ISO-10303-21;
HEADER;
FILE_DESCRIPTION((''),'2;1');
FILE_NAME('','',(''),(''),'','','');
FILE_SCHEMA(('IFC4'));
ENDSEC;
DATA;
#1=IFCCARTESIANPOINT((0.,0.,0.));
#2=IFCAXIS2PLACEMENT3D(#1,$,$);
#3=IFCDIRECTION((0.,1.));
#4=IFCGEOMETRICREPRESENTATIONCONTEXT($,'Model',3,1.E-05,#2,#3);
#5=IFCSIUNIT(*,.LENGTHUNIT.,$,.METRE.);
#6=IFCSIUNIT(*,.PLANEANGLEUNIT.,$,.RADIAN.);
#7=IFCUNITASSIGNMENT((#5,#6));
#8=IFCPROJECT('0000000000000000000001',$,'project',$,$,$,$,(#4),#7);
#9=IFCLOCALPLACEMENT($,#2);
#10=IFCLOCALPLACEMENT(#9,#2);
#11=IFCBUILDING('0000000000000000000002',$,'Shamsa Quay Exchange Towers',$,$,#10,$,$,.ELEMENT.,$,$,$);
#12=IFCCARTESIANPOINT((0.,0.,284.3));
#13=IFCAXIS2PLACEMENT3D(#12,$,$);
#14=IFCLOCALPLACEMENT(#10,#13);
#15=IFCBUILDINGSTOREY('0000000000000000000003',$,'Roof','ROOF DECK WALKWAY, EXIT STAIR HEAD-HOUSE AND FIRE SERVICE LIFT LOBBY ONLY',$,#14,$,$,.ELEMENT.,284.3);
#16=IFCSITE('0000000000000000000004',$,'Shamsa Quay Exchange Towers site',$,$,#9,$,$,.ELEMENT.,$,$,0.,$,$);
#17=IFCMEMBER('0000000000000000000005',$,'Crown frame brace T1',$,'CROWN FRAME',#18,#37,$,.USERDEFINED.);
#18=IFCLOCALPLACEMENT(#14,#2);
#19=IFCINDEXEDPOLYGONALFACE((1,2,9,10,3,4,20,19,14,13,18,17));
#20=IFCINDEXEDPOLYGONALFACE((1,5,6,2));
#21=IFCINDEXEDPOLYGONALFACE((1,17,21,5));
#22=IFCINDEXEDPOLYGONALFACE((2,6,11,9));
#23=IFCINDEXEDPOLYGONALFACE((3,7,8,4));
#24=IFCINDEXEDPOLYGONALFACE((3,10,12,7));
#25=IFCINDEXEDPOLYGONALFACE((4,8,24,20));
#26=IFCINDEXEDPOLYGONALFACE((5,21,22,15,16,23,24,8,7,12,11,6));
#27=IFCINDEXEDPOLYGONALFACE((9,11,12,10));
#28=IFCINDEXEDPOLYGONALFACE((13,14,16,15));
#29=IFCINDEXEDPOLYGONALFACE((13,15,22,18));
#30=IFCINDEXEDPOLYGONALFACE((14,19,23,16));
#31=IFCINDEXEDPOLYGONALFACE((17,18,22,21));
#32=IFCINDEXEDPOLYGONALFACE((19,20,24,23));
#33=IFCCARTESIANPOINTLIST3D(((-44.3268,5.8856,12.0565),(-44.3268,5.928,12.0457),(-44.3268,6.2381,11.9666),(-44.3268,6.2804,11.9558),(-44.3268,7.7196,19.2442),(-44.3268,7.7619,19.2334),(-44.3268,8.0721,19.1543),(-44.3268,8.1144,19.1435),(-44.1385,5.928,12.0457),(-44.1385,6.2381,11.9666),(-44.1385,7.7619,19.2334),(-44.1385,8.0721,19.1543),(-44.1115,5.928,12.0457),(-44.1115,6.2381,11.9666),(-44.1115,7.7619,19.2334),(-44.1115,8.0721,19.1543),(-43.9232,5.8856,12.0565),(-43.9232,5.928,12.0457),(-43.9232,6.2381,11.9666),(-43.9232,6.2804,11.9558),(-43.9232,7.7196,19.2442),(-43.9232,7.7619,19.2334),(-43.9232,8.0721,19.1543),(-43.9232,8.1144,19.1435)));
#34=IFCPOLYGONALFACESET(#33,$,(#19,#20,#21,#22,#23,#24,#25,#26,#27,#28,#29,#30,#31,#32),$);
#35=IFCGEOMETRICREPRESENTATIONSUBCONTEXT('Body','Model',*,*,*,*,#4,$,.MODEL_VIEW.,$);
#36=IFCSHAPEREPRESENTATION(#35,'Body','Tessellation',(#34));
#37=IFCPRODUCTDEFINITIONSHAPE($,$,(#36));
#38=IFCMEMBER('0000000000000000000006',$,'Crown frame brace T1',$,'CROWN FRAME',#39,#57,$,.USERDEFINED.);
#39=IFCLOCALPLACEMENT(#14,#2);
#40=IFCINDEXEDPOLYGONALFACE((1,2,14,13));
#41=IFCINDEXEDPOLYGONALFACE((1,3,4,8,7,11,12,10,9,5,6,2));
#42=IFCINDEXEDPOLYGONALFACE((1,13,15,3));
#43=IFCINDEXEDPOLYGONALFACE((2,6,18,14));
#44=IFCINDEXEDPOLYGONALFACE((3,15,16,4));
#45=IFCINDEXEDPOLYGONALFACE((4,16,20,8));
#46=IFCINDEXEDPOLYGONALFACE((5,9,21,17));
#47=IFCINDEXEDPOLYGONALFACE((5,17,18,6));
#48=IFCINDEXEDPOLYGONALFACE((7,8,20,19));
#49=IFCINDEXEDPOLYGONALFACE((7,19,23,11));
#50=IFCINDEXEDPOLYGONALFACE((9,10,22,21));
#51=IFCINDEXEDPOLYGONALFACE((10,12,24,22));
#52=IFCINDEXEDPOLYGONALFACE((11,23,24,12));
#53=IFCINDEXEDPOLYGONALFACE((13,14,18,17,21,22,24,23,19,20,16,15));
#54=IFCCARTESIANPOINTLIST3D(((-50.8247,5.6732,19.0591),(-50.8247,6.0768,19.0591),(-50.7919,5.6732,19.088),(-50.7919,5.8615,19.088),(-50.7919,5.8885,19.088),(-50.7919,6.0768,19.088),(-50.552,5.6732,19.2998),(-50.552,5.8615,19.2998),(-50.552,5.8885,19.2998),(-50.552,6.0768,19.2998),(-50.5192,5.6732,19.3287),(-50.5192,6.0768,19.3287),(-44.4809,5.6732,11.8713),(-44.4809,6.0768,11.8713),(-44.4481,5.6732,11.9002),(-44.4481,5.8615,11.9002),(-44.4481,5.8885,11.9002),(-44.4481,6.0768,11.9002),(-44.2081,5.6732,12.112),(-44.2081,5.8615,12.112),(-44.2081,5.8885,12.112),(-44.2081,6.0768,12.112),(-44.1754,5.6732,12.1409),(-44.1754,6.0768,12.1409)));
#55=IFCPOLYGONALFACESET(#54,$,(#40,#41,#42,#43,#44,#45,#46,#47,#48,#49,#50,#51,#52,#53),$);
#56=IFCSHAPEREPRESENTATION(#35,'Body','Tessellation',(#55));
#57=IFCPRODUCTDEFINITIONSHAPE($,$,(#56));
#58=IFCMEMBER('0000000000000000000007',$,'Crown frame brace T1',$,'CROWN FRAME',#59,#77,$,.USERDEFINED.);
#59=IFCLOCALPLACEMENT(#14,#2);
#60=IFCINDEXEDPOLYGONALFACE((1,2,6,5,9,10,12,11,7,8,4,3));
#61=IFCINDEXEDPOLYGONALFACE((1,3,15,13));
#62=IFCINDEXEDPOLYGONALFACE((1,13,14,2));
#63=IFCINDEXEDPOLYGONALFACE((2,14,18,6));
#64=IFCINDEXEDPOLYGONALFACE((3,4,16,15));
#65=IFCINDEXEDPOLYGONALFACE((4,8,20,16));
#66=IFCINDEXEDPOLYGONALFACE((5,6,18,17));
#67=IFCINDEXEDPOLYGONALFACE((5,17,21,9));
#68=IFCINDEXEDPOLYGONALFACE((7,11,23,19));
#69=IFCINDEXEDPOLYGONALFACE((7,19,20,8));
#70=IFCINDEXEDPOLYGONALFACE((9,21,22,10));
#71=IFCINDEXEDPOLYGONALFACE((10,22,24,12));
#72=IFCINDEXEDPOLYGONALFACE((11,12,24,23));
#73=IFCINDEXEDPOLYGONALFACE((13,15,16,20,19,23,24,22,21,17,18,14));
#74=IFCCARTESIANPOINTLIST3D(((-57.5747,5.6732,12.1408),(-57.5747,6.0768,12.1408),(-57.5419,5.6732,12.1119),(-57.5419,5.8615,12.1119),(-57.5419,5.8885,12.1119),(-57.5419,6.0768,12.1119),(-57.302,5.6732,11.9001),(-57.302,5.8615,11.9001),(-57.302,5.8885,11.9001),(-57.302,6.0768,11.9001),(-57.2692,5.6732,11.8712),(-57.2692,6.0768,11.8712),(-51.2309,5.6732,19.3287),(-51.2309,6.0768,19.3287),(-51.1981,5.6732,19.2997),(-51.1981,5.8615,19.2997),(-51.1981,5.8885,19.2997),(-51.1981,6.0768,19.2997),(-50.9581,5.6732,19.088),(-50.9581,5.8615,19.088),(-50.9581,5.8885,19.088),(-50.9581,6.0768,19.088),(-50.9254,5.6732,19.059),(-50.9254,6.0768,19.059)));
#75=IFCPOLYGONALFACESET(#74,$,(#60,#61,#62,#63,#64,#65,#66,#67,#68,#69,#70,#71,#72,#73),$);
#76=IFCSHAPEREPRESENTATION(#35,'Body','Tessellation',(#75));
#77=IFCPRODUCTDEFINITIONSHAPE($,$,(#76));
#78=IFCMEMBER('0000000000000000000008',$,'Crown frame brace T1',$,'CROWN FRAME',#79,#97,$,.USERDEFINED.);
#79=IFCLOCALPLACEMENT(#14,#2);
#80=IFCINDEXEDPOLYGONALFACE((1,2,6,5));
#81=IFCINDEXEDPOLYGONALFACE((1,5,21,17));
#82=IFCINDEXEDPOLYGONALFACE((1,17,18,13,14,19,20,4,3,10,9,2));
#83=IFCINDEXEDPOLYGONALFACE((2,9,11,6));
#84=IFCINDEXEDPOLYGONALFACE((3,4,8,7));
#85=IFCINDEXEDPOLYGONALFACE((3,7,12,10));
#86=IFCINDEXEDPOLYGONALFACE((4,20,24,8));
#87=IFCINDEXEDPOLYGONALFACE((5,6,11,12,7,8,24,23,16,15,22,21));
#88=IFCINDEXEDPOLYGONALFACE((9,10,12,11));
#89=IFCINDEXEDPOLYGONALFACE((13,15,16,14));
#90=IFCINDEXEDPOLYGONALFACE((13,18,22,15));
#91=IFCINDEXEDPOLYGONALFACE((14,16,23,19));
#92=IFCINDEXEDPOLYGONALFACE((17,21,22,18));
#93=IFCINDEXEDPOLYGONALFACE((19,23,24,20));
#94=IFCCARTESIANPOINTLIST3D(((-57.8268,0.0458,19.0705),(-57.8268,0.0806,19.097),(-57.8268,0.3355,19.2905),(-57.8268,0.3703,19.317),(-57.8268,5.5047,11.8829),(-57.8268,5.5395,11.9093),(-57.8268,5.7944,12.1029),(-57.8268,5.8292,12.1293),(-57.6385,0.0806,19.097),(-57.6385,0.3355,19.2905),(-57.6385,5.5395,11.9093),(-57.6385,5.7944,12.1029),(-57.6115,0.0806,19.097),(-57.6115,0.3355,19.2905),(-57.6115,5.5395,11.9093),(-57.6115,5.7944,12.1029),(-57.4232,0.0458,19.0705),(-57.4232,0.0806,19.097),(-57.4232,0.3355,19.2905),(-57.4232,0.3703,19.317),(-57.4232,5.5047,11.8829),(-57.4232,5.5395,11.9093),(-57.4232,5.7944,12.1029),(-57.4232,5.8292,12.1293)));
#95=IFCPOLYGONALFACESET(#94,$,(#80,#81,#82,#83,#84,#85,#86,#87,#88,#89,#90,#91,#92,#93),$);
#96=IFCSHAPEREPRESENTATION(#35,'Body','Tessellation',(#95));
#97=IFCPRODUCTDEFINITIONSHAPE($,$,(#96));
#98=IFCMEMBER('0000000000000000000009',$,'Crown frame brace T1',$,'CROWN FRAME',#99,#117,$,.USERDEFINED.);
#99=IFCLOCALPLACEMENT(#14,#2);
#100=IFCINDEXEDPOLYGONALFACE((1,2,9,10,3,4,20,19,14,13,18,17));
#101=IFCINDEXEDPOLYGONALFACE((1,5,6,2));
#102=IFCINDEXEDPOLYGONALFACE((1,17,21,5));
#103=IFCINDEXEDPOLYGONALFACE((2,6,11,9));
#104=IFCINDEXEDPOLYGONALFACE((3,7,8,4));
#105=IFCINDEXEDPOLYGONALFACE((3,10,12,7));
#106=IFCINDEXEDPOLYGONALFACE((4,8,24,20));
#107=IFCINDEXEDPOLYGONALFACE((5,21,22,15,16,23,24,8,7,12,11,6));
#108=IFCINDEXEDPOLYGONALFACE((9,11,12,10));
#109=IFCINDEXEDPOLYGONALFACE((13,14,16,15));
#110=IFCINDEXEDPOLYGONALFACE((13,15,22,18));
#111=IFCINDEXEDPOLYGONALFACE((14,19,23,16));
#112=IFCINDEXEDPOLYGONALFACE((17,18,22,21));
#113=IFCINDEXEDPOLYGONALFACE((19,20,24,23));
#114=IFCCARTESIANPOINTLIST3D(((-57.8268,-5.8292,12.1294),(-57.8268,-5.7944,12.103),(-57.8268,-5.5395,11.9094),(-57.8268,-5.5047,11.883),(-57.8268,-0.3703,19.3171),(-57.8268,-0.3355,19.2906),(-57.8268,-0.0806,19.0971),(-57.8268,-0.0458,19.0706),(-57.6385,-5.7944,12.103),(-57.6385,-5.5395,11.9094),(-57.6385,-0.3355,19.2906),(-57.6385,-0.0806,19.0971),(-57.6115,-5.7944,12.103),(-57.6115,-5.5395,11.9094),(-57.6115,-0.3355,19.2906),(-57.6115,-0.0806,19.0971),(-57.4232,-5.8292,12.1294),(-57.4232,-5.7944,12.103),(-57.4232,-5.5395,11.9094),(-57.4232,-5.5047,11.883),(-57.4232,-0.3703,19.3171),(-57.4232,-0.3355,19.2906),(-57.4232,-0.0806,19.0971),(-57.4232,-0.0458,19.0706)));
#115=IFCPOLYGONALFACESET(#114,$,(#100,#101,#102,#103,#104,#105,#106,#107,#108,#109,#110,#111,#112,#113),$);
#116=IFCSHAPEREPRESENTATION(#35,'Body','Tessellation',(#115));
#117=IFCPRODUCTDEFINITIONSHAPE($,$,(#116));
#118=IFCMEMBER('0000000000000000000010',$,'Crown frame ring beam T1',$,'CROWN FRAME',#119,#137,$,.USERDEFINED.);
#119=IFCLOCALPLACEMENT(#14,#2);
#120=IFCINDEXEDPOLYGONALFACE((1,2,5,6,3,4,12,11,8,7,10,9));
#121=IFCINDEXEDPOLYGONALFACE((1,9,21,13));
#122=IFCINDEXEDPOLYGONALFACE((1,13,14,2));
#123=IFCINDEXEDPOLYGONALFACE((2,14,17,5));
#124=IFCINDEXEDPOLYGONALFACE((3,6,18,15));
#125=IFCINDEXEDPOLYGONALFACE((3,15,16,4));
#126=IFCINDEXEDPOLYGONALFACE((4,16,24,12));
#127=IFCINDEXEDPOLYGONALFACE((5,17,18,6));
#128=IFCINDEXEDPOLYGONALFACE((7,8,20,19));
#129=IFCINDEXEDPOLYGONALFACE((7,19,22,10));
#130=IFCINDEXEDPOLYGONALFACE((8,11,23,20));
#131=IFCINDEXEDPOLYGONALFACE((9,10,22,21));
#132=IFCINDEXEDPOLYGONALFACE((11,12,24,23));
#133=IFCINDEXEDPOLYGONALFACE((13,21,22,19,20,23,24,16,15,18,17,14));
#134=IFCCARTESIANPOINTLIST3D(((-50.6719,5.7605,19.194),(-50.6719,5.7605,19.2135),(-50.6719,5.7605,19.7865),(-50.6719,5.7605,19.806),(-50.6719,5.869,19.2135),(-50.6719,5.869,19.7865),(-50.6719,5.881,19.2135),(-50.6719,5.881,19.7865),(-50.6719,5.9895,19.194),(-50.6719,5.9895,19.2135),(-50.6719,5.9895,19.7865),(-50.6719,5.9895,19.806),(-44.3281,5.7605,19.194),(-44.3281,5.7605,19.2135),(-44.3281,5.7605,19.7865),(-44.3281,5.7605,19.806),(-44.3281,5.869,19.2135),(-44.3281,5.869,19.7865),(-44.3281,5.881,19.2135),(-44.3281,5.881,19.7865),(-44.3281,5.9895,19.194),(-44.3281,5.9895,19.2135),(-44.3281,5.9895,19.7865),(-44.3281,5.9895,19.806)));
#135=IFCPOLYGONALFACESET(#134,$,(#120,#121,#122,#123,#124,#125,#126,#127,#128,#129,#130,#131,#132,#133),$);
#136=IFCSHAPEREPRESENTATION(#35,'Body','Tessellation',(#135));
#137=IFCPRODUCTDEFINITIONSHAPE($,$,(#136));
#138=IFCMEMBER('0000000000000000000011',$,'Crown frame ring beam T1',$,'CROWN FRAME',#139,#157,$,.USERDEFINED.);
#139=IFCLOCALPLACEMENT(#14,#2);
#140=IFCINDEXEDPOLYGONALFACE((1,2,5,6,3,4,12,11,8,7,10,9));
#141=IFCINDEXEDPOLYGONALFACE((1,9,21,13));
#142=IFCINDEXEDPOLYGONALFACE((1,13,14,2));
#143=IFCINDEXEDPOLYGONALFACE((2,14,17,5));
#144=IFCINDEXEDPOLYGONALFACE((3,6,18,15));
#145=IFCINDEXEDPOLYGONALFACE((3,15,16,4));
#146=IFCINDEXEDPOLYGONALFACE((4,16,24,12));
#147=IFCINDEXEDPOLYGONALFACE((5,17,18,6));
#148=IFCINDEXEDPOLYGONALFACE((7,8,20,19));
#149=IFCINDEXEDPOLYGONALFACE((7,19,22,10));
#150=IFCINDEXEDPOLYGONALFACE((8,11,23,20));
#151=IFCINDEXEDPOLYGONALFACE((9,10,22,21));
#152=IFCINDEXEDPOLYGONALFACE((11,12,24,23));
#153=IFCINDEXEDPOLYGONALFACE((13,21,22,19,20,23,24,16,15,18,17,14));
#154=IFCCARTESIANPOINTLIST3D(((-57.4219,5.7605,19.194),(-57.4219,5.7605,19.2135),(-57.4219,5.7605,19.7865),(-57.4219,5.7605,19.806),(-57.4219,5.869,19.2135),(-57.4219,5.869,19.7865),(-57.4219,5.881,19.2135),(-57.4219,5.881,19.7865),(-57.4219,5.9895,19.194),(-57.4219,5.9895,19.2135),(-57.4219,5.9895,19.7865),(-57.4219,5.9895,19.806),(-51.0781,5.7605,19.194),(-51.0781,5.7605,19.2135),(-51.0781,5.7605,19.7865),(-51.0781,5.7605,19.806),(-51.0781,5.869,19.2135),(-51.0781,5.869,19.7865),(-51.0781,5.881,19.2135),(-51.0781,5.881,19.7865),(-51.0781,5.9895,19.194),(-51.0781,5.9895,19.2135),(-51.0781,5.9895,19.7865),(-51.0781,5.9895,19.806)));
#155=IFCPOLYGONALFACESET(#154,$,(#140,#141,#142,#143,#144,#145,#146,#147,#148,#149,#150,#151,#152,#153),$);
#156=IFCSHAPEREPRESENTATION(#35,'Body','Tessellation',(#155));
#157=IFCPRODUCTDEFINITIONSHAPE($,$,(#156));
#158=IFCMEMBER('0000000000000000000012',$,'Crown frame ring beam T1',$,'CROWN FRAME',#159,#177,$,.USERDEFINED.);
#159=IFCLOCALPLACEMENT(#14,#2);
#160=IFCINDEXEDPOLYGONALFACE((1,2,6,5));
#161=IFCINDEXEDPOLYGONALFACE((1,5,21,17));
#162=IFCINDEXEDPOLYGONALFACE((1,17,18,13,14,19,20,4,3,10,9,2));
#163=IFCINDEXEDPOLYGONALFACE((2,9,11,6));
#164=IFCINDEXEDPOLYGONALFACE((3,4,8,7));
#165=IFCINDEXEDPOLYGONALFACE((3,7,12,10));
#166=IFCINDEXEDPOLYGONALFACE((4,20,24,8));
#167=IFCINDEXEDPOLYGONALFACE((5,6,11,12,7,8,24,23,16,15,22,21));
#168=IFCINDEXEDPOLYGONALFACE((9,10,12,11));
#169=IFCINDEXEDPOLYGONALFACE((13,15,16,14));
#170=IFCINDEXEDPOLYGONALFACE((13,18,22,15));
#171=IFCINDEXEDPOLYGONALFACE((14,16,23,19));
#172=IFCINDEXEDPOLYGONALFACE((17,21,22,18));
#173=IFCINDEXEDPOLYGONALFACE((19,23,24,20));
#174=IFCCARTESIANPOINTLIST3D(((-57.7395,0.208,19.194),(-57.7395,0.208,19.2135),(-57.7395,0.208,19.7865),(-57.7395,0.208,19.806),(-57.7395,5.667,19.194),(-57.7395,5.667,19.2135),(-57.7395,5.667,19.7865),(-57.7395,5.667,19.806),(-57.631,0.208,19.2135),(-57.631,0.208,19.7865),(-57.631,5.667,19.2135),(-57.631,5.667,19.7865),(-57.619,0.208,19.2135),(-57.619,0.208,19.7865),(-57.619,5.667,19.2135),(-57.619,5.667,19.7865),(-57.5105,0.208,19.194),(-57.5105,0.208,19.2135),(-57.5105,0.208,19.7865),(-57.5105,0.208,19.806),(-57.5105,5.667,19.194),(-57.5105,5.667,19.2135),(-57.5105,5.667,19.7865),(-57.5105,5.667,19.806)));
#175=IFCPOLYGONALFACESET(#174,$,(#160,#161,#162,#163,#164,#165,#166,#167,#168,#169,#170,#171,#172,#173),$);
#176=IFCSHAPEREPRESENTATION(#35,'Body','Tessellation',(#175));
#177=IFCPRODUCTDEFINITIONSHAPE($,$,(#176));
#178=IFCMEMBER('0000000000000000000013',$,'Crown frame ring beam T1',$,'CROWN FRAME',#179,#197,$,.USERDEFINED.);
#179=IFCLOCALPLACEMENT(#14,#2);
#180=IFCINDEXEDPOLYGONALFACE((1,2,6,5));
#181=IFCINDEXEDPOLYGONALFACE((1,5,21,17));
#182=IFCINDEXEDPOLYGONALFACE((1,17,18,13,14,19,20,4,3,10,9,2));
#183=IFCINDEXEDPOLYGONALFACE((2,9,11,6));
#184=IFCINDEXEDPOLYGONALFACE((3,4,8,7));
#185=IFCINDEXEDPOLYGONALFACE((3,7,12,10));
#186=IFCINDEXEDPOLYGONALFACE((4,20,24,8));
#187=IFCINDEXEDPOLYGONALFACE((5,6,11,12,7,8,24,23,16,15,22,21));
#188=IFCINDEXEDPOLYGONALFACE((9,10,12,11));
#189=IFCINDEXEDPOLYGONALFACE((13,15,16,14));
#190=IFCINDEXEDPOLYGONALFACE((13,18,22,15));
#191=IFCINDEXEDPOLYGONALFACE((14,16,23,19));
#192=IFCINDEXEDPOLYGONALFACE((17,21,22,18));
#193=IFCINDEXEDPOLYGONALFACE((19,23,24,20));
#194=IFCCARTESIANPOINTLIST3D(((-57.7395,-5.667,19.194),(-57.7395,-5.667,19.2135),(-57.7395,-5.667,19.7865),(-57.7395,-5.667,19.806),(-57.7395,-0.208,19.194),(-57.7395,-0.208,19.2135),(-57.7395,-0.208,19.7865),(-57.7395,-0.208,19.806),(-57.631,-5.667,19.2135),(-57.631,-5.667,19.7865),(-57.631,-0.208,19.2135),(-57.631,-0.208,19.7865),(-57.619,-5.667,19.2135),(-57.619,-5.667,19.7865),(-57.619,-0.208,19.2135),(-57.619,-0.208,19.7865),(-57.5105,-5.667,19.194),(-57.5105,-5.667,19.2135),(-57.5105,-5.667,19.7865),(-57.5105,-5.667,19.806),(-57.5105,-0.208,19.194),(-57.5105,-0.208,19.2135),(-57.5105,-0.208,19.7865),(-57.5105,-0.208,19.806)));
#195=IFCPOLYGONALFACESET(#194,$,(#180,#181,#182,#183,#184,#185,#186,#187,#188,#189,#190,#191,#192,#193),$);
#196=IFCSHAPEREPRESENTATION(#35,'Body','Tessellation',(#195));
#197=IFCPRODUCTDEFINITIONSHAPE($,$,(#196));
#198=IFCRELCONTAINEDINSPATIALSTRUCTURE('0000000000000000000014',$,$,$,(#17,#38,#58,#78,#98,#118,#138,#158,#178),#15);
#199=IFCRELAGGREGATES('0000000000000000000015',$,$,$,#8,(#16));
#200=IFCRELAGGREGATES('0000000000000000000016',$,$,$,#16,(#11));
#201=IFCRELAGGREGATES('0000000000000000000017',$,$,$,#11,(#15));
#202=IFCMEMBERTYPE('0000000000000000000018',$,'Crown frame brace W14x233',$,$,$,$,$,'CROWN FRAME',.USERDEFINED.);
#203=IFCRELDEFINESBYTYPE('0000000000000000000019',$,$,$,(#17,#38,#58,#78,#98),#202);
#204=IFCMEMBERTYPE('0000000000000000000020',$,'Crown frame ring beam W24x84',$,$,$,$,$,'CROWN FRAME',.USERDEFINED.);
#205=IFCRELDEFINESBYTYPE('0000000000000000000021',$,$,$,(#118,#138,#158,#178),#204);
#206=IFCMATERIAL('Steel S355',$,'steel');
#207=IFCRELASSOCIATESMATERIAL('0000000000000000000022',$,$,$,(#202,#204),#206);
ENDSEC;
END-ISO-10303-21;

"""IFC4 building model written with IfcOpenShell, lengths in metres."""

from ifc_helpers import new_model, si_unit, direction, frame, origin, origin_2d, place, context, subcontext, project, spatial, i_section, extrude, material, material_profile, profile_set, type_object, element, save


model = new_model("IFC4")

# Units and contexts
model_context = context("Model", 3, precision=1e-05, world=origin(), true_north=direction((0.0, 1.0)))
body_context = subcontext(model_context, "Body", "Model", "MODEL_VIEW")
ifc_project = project(units=[si_unit("LENGTHUNIT", "METRE"), si_unit("PLANEANGLEUNIT", "RADIAN")], contexts=[model_context])

# Site, building, storey
site_placement = place(None, origin())
site = spatial("IfcSite", under=ifc_project, at=site_placement, Name="Shamsa Quay Exchange Towers site", CompositionType="ELEMENT", RefElevation=0.0)
building_placement = place(site_placement, origin())
building = spatial("IfcBuilding", under=site, at=building_placement, Name="Shamsa Quay Exchange Towers", CompositionType="ELEMENT")
storey_placement = place(building_placement, frame((0.0, 0.0, 284.3)))
storey = spatial("IfcBuildingStorey", under=building, at=storey_placement, Name="Roof", Description="ROOF DECK WALKWAY, EXIT STAIR HEAD-HOUSE AND FIRE SERVICE LIFT LOBBY ONLY", CompositionType="ELEMENT", Elevation=284.3)

# Members
ifc_material_1 = material(Name="Steel S355", Category="steel")
ifc_material_profile_1 = material_profile(ifc_material_1, i_section(OverallWidth=0.4036, OverallDepth=0.4075, WebThickness=0.0271, FlangeThickness=0.0437, at=origin_2d()), Name="W14x233")
ifc_profile_set_1 = profile_set([ifc_material_profile_1], Name="Steel S355")
member_type_1 = type_object("IfcMemberType", Name="Crown frame brace W14x233", ElementType="CROWN FRAME", PredefinedType="USERDEFINED", material=ifc_profile_set_1)
member_placement = place(storey_placement, frame((-44.125, 7.917, 19.1938), z_axis=(0.0, -0.247233, -0.968956), x_axis=(1.0, 0.0, 0.0)))
element("IfcMember", 1, at=member_placement, inside=storey, type_object=member_type_1, Name="Crown frame brace T1", ObjectType="CROWN FRAME", PredefinedType="USERDEFINED", context=body_context, shape_type="SweptSolid", body=[
    extrude(i_section(OverallWidth=0.4036, OverallDepth=0.4075, WebThickness=0.0271, FlangeThickness=0.0437, at=origin_2d()), origin(), (0.0, 0.0, 1.0), 7.418),
])
for number, where, z_axis, x_axis, name in (
    (2, (-44.3281, 5.875, 12.0061), (-0.661717, 0.0, 0.749754), (0.0, -1.0, 0.0), "Crown frame brace T1"),
    (3, (-51.0781, 5.875, 19.1938), (-0.661717, 0.0, -0.749754), (0.0, -1.0, 0.0), "Crown frame brace T1"),
):
    element("IfcMember", number, at=place(storey_placement, frame(where, z_axis=z_axis, x_axis=x_axis)), inside=storey, type_object=member_type_1, Name=name, ObjectType="CROWN FRAME", PredefinedType="USERDEFINED", context=body_context, shape_type="SweptSolid", body=[
        extrude(i_section(OverallWidth=0.4036, OverallDepth=0.4075, WebThickness=0.0271, FlangeThickness=0.0437, at=origin_2d()), origin(), (0.0, 0.0, 1.0), 9.5869),
    ])
for number, where, z_axis, x_axis, name in (
    (4, (-57.625, 5.667, 12.0061), (0.0, -0.604823, 0.79636), (1.0, 0.0, 0.0), "Crown frame brace T1"),
    (5, (-57.625, -0.208, 19.1938), (0.0, -0.604823, -0.79636), (1.0, 0.0, 0.0), "Crown frame brace T1"),
):
    element("IfcMember", number, at=place(storey_placement, frame(where, z_axis=z_axis, x_axis=x_axis)), inside=storey, type_object=member_type_1, Name=name, ObjectType="CROWN FRAME", PredefinedType="USERDEFINED", context=body_context, shape_type="SweptSolid", body=[
        extrude(i_section(OverallWidth=0.4036, OverallDepth=0.4075, WebThickness=0.0271, FlangeThickness=0.0437, at=origin_2d()), origin(), (0.0, 0.0, 1.0), 9.0256),
    ])
ifc_material_profile_2 = material_profile(ifc_material_1, i_section(OverallWidth=0.229, OverallDepth=0.6121, WebThickness=0.012, FlangeThickness=0.0195, at=origin_2d()), Name="W24x84")
ifc_profile_set_2 = profile_set([ifc_material_profile_2], Name="Steel S355")
member_type_2 = type_object("IfcMemberType", Name="Crown frame ring beam W24x84", ElementType="CROWN FRAME", PredefinedType="USERDEFINED", material=ifc_profile_set_2)
for number, where, z_axis, x_axis, name in (
    (6, (-44.3281, 5.875, 19.5), (-1.0, 0.0, 0.0), (0.0, -1.0, 0.0), "Crown frame ring beam T1"),
    (7, (-51.0781, 5.875, 19.5), (-1.0, 0.0, 0.0), (0.0, -1.0, 0.0), "Crown frame ring beam T1"),
):
    element("IfcMember", number, at=place(storey_placement, frame(where, z_axis=z_axis, x_axis=x_axis)), inside=storey, type_object=member_type_2, Name=name, ObjectType="CROWN FRAME", PredefinedType="USERDEFINED", context=body_context, shape_type="SweptSolid", body=[
        extrude(i_section(OverallWidth=0.229, OverallDepth=0.6121, WebThickness=0.012, FlangeThickness=0.0195, at=origin_2d()), origin(), (0.0, 0.0, 1.0), 6.3438),
    ])
for number, where, z_axis, x_axis, name in (
    (8, (-57.625, 5.667, 19.5), (0.0, -1.0, 0.0), (1.0, 0.0, 0.0), "Crown frame ring beam T1"),
    (9, (-57.625, -0.208, 19.5), (0.0, -1.0, 0.0), (1.0, 0.0, 0.0), "Crown frame ring beam T1"),
):
    element("IfcMember", number, at=place(storey_placement, frame(where, z_axis=z_axis, x_axis=x_axis)), inside=storey, type_object=member_type_2, Name=name, ObjectType="CROWN FRAME", PredefinedType="USERDEFINED", context=body_context, shape_type="SweptSolid", body=[
        extrude(i_section(OverallWidth=0.229, OverallDepth=0.6121, WebThickness=0.012, FlangeThickness=0.0195, at=origin_2d()), origin(), (0.0, 0.0, 1.0), 5.459),
    ])

save(model, "model.ifc")
